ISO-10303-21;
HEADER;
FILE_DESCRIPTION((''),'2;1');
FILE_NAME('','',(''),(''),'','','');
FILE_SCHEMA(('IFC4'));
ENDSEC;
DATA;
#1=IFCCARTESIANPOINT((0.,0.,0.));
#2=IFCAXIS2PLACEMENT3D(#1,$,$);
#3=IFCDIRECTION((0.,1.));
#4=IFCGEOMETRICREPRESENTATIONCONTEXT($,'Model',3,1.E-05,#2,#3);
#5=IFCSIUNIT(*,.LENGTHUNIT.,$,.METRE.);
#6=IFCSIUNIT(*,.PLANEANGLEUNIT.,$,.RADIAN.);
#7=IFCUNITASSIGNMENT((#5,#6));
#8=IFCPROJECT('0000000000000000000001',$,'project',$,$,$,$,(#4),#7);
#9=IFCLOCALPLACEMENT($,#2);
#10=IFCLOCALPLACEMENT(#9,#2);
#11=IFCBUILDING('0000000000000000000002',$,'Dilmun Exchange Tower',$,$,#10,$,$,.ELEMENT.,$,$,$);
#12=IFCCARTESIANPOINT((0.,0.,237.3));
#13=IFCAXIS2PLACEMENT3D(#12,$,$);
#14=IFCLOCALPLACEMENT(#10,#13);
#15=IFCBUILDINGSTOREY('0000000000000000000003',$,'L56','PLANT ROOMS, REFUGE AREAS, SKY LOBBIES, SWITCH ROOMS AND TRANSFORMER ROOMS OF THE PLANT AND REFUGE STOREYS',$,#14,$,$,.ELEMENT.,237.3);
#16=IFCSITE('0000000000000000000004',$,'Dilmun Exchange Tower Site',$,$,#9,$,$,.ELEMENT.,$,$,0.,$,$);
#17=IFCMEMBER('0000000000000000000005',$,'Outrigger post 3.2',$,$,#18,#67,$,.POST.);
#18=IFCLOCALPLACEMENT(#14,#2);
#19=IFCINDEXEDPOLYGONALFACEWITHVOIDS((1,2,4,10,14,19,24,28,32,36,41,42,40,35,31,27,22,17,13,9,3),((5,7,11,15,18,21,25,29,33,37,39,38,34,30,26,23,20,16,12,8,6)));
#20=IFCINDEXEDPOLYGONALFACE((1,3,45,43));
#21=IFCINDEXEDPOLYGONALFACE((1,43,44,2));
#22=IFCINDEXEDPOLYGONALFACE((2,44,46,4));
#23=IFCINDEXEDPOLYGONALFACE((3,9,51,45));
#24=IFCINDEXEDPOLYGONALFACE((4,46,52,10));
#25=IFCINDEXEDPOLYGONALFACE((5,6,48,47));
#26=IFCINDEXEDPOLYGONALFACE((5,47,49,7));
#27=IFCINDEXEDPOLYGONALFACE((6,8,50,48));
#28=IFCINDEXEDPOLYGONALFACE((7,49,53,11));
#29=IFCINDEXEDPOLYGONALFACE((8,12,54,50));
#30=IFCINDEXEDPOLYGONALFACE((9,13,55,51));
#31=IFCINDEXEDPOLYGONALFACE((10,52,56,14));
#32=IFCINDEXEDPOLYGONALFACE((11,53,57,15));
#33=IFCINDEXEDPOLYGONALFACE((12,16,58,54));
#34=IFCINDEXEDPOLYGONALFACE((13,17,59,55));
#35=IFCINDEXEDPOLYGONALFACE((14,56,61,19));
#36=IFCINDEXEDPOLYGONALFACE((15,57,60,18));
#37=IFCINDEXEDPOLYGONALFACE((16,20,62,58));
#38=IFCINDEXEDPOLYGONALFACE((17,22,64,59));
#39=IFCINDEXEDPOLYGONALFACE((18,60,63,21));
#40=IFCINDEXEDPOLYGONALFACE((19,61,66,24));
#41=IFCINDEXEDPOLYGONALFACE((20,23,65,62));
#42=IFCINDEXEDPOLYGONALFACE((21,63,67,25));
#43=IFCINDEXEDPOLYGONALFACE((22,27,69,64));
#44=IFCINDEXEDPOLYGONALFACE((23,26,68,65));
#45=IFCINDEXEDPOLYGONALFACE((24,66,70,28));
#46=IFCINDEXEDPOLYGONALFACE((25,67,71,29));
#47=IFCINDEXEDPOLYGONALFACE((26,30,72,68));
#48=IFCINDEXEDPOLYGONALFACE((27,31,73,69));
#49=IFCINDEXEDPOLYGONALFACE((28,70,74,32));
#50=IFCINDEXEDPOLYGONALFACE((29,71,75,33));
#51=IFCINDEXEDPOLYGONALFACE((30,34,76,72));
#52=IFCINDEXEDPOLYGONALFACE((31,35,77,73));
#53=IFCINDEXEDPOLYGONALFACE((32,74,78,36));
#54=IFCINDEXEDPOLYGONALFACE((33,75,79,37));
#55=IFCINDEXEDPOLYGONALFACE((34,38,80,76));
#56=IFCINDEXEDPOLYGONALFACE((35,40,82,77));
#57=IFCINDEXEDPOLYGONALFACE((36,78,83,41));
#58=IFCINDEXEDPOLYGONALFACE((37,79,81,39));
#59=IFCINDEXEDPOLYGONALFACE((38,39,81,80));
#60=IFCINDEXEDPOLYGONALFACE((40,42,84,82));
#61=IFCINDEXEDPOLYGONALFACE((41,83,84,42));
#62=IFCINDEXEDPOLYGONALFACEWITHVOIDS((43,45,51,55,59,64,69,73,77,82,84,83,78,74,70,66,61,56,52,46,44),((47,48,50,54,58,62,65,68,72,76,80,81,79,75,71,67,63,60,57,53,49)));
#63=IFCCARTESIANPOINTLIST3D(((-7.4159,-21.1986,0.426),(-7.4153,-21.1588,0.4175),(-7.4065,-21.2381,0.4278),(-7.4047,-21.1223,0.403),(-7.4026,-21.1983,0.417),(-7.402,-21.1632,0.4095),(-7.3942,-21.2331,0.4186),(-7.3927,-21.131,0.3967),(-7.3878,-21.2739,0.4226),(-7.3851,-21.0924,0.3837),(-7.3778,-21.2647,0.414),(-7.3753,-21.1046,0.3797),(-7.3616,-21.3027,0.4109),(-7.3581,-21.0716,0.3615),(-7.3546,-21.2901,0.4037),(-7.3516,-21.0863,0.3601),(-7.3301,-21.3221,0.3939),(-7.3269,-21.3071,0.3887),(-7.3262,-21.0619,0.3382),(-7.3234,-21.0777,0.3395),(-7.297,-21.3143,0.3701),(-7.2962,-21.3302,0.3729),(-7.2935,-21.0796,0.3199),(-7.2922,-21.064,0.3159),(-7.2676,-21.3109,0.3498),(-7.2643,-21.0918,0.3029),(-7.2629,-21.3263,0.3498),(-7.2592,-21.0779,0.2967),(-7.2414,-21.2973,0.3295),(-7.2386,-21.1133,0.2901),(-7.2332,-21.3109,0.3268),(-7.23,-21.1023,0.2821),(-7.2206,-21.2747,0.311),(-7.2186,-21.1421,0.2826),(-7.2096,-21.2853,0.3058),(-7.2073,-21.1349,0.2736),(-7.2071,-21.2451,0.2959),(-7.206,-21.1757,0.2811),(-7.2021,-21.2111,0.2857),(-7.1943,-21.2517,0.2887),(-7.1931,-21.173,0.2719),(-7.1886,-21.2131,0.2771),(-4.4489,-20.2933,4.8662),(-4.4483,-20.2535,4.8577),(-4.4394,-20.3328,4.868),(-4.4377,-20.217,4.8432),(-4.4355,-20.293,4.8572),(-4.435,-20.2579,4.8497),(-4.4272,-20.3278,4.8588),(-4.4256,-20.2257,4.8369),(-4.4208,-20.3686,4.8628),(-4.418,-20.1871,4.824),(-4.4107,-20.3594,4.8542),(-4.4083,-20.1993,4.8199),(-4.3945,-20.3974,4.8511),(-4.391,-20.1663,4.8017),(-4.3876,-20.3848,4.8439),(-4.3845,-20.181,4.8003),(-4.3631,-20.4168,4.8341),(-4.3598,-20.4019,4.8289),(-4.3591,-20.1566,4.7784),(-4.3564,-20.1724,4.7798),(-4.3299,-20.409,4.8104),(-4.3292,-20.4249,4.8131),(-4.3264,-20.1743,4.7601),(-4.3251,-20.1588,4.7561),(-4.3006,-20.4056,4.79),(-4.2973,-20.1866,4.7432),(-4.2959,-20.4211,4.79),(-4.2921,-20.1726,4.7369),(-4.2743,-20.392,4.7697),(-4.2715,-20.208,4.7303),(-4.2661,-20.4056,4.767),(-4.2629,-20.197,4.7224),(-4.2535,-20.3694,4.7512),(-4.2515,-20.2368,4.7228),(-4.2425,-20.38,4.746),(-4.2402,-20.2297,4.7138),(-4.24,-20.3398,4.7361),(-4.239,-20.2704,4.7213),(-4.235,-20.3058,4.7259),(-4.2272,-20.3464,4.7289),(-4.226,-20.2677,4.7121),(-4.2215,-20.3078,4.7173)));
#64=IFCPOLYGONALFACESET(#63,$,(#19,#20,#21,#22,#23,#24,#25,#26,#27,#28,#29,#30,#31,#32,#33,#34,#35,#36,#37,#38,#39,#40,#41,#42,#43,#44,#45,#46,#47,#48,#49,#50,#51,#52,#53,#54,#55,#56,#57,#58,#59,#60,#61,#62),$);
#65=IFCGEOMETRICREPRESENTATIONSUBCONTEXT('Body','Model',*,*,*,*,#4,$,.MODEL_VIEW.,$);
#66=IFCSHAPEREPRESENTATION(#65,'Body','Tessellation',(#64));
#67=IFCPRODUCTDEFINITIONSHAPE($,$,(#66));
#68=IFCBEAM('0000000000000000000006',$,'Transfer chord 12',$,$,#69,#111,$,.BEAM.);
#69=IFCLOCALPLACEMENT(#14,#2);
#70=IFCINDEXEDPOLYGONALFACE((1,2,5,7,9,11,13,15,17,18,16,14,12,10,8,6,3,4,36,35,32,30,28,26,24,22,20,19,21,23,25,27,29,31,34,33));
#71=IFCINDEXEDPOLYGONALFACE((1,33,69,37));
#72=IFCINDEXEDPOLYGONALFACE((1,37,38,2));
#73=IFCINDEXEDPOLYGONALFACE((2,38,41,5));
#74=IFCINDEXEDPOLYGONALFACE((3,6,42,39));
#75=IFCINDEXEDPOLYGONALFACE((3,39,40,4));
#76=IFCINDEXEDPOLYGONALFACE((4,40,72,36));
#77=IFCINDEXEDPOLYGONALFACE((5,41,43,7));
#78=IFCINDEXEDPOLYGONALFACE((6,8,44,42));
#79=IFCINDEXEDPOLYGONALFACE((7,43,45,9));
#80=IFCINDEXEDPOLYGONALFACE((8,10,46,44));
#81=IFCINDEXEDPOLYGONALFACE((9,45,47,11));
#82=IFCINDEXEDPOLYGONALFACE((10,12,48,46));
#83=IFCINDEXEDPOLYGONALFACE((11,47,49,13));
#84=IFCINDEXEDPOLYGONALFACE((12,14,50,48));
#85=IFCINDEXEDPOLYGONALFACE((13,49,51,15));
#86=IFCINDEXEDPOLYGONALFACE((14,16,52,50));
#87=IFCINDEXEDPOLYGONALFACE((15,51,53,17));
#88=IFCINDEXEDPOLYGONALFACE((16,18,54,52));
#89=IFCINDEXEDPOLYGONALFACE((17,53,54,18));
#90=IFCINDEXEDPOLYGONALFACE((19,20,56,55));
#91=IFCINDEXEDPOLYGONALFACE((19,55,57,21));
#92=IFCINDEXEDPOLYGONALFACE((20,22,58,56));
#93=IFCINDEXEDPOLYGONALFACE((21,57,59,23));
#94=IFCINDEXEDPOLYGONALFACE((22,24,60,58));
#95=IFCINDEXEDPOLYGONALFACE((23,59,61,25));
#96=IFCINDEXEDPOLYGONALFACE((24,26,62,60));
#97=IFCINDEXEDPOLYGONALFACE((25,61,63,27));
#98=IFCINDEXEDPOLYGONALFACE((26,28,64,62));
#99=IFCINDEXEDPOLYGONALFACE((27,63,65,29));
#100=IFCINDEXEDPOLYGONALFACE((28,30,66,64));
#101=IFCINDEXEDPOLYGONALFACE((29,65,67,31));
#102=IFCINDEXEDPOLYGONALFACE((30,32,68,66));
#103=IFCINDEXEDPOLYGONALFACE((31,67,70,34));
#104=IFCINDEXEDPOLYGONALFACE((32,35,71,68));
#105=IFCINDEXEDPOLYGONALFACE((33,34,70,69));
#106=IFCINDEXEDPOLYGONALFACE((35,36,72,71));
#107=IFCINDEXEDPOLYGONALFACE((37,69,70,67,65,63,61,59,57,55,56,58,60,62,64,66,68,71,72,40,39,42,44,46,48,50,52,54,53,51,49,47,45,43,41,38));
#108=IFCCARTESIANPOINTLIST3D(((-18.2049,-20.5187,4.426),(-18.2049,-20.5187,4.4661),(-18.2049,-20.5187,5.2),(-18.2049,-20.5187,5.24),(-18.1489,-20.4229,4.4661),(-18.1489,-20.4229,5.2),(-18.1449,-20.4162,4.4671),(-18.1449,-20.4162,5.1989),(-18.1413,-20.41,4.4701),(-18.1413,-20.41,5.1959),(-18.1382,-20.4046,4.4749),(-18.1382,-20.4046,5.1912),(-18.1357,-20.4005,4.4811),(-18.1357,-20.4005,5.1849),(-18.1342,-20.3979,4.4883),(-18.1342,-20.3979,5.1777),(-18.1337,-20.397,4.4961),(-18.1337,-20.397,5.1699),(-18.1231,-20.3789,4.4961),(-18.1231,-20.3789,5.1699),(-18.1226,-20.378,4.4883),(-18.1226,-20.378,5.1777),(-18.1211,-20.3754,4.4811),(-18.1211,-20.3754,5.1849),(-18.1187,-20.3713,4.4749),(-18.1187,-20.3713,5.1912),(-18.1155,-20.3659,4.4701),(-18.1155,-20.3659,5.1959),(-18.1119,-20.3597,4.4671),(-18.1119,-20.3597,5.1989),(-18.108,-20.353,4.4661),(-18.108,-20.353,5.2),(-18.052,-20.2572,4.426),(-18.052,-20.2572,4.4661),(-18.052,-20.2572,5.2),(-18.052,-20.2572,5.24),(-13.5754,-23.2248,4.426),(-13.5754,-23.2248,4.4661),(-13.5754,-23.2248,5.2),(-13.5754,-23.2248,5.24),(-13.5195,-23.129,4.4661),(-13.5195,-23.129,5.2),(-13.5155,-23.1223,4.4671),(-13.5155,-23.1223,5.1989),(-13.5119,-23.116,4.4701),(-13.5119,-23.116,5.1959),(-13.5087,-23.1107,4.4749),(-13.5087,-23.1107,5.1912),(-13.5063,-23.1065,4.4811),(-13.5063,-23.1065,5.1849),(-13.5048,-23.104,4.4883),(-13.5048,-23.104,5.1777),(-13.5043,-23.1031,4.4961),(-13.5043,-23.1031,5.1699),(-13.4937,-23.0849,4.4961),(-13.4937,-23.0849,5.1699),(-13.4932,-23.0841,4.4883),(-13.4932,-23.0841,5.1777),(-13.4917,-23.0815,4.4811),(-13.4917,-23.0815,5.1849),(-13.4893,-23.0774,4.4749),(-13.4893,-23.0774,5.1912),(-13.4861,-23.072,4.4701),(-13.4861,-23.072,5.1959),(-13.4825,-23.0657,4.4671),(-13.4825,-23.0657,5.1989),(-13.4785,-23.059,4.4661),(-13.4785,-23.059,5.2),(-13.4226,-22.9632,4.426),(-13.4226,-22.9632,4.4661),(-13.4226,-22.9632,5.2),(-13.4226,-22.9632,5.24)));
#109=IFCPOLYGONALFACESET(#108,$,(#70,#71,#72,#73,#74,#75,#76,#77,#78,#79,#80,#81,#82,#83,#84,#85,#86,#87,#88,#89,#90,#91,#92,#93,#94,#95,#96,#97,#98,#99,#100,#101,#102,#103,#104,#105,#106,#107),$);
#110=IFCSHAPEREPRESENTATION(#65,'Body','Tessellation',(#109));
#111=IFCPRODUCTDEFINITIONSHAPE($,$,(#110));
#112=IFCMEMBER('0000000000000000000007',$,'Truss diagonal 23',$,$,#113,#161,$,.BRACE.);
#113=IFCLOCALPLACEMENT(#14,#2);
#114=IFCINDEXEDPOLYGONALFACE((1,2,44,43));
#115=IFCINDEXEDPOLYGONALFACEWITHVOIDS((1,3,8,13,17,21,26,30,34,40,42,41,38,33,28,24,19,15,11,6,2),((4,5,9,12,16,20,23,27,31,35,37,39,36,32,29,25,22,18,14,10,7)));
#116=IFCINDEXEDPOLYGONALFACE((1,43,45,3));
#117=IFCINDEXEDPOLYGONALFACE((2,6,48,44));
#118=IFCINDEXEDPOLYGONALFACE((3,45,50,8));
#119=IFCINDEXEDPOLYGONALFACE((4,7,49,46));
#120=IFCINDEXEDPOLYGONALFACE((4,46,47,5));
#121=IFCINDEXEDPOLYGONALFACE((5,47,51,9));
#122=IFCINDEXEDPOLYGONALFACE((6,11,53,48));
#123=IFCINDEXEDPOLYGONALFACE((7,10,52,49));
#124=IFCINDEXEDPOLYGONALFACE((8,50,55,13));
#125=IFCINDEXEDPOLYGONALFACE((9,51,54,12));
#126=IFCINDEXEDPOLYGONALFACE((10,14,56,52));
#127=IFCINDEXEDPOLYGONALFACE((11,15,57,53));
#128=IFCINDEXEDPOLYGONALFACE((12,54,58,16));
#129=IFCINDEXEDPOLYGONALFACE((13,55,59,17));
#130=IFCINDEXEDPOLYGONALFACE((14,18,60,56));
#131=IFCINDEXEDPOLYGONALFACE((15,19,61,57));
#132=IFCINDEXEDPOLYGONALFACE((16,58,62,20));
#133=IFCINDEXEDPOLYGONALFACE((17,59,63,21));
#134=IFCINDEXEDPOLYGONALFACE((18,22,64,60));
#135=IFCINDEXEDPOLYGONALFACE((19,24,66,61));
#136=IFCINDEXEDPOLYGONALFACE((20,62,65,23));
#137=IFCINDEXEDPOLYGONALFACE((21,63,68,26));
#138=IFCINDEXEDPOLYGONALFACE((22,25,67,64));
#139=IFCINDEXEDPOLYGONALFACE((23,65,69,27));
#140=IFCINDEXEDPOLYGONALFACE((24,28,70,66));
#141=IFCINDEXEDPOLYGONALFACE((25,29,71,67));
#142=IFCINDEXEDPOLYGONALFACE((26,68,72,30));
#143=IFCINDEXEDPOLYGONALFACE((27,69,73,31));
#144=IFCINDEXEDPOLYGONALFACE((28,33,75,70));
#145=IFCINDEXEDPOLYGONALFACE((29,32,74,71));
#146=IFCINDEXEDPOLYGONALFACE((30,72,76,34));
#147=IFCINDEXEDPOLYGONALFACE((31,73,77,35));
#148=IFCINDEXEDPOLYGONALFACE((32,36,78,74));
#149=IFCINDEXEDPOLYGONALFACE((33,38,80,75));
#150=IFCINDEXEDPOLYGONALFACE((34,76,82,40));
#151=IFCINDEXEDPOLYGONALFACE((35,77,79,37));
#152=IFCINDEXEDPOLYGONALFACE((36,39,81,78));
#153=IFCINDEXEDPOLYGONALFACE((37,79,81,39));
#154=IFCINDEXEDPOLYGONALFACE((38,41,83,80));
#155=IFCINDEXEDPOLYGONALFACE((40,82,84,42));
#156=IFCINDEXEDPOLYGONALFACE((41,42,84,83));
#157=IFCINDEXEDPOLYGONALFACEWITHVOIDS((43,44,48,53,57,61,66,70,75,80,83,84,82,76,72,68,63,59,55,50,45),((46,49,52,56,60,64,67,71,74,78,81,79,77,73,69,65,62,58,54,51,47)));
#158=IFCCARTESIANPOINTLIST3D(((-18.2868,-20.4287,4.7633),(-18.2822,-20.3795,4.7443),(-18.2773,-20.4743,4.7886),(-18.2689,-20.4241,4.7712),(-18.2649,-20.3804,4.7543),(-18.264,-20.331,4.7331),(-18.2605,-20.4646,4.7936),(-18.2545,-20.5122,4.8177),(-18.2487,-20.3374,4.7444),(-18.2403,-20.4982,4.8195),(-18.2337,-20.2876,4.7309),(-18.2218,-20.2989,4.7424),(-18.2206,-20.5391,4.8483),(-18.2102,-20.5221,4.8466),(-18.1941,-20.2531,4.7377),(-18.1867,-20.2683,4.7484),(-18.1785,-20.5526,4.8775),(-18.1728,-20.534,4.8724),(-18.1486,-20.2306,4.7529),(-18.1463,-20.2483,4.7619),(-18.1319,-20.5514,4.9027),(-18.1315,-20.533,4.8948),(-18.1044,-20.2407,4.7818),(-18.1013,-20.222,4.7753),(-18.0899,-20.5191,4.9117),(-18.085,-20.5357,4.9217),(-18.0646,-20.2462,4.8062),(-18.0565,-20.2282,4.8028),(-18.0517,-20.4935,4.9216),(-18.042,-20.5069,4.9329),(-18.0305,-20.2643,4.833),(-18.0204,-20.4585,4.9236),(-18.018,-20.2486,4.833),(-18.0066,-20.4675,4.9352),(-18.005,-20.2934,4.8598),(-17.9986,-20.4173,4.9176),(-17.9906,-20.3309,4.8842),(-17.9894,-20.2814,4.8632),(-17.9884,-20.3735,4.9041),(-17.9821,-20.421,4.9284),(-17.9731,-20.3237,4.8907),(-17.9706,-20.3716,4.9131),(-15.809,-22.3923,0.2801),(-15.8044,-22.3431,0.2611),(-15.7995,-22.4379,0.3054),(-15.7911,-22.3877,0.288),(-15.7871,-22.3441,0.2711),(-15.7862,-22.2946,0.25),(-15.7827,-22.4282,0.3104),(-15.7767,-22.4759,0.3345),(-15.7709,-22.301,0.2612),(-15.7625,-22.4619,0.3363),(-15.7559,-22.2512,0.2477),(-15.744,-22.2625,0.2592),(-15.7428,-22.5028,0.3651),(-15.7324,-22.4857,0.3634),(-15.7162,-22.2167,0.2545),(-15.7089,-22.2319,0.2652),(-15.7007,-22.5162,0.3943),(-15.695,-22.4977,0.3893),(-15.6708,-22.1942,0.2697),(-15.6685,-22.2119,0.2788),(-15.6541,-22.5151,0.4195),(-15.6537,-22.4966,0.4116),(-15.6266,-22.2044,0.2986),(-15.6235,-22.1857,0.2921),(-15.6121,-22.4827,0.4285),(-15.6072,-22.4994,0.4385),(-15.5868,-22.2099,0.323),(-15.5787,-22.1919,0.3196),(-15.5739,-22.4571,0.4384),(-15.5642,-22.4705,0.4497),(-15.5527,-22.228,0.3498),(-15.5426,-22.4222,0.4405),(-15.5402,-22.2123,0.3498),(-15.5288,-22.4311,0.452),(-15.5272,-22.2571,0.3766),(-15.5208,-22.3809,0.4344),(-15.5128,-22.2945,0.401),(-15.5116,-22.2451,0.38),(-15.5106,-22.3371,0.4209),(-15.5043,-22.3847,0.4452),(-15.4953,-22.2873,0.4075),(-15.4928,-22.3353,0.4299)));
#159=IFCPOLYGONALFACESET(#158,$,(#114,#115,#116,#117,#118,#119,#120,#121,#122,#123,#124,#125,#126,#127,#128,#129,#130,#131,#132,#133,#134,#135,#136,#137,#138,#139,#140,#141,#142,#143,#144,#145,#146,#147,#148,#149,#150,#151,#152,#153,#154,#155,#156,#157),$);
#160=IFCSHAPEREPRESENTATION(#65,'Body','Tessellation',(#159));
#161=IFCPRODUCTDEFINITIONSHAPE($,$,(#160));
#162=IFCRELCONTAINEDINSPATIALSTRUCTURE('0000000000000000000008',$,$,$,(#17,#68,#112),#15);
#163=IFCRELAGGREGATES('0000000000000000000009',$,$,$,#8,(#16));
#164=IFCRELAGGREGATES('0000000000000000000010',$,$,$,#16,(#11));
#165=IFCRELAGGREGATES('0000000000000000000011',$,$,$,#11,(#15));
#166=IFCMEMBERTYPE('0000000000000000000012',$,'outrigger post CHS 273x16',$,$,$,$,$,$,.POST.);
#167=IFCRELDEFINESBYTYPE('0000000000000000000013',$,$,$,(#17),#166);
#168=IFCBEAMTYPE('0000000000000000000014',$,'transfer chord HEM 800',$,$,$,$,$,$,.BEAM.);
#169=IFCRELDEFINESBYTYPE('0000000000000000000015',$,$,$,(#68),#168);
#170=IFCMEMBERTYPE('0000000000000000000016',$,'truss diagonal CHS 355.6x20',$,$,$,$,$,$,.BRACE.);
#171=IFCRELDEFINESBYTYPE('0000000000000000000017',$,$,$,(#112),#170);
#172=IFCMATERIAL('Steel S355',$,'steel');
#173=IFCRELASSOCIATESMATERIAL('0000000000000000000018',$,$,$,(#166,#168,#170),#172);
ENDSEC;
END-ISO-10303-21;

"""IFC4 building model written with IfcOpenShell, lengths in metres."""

from ifc_helpers import new_model, si_unit, direction, frame, origin, origin_2d, place, context, subcontext, project, spatial, hollow_circle, i_section, extrude, material, material_profile, profile_set, type_object, element, save


model = new_model("IFC4")

# Units and contexts
model_context = context("Model", 3, precision=1e-05, world=origin(), true_north=direction((0.0, 1.0)))
body_context = subcontext(model_context, "Body", "Model", "MODEL_VIEW")
ifc_project = project(units=[si_unit("LENGTHUNIT", "METRE"), si_unit("PLANEANGLEUNIT", "RADIAN")], contexts=[model_context])

# Site, building, storey
site_placement = place(None, origin())
site = spatial("IfcSite", under=ifc_project, at=site_placement, Name="Dilmun Exchange Tower Site", CompositionType="ELEMENT", RefElevation=0.0)
building_placement = place(site_placement, origin())
building = spatial("IfcBuilding", under=site, at=building_placement, Name="Dilmun Exchange Tower", CompositionType="ELEMENT")
storey_placement = place(building_placement, frame((0.0, 0.0, 237.3)))
storey = spatial("IfcBuildingStorey", under=building, at=storey_placement, Name="L56", Description="PLANT ROOMS, REFUGE AREAS, SKY LOBBIES, SWITCH ROOMS AND TRANSFORMER ROOMS OF THE PLANT AND REFUGE STOREYS", CompositionType="ELEMENT", Elevation=237.3)

# Shared definitions
ifc_material_1 = material(Name="Steel S355", Category="steel")

# Member
ifc_material_profile_1 = material_profile(ifc_material_1, hollow_circle(Radius=0.1365, WallThickness=0.0161, at=origin_2d()), Name="CHS 273x16")
ifc_profile_set_1 = profile_set([ifc_material_profile_1], Name="Steel S355")
member_type_1 = type_object("IfcMemberType", Name="outrigger post CHS 273x16", PredefinedType="POST", material=ifc_profile_set_1)
member_1_placement = place(storey_placement, frame((-4.3357, -20.2905, 4.79), z_axis=(-0.547782, -0.167134, -0.819757), x_axis=(0.291829, -0.956471, 0.0)))
element("IfcMember", 1, at=member_1_placement, inside=storey, type_object=member_type_1, Name="Outrigger post 3.2", PredefinedType="POST", context=body_context, shape_type="SweptSolid", body=[
    extrude(hollow_circle(Radius=0.1365, WallThickness=0.0161, at=origin_2d()), origin(), (0.0, 0.0, 1.0), 5.4165),
])

# Beam
ifc_material_profile_2 = material_profile(ifc_material_1, i_section(OverallWidth=0.303, OverallDepth=0.814, WebThickness=0.021, FlangeThickness=0.04, FilletRadius=0.03, at=origin_2d()), Name="HEM 800")
ifc_profile_set_2 = profile_set([ifc_material_profile_2], Name="Steel S355")
beam_type_1 = type_object("IfcBeamType", Name="transfer chord HEM 800", PredefinedType="BEAM", material=ifc_profile_set_2)
beam_1_placement = place(storey_placement, frame((-18.1284, -20.3879, 4.833), z_axis=(0.863326, -0.504646, 0.0), x_axis=(0.504646, 0.863326, 0.0)))
element("IfcBeam", 2, at=beam_1_placement, inside=storey, type_object=beam_type_1, Name="Transfer chord 12", PredefinedType="BEAM", context=body_context, shape_type="SweptSolid", body=[
    extrude(i_section(OverallWidth=0.303, OverallDepth=0.814, WebThickness=0.021, FlangeThickness=0.04, FilletRadius=0.03, at=origin_2d()), origin(), (0.0, 0.0, 1.0), 5.3623),
])

# Member
ifc_material_profile_3 = material_profile(ifc_material_1, hollow_circle(Radius=0.1777, WallThickness=0.02, at=origin_2d()), Name="CHS 355.6x20")
ifc_profile_set_3 = profile_set([ifc_material_profile_3], Name="Steel S355")
member_type_2 = type_object("IfcMemberType", Name="truss diagonal CHS 355.6x20", PredefinedType="BRACE", material=ifc_profile_set_3)
member_2_placement = place(storey_placement, frame((-18.1284, -20.3879, 4.833), z_axis=(0.451673, -0.357947, -0.81723), x_axis=(0.6211, 0.783731, 0.0)))
element("IfcMember", 3, at=member_2_placement, inside=storey, type_object=member_type_2, Name="Truss diagonal 23", PredefinedType="BRACE", context=body_context, shape_type="SweptSolid", body=[
    extrude(hollow_circle(Radius=0.1777, WallThickness=0.02, at=origin_2d()), origin(), (0.0, 0.0, 1.0), 5.4858),
])

save(model, "model.ifc")
